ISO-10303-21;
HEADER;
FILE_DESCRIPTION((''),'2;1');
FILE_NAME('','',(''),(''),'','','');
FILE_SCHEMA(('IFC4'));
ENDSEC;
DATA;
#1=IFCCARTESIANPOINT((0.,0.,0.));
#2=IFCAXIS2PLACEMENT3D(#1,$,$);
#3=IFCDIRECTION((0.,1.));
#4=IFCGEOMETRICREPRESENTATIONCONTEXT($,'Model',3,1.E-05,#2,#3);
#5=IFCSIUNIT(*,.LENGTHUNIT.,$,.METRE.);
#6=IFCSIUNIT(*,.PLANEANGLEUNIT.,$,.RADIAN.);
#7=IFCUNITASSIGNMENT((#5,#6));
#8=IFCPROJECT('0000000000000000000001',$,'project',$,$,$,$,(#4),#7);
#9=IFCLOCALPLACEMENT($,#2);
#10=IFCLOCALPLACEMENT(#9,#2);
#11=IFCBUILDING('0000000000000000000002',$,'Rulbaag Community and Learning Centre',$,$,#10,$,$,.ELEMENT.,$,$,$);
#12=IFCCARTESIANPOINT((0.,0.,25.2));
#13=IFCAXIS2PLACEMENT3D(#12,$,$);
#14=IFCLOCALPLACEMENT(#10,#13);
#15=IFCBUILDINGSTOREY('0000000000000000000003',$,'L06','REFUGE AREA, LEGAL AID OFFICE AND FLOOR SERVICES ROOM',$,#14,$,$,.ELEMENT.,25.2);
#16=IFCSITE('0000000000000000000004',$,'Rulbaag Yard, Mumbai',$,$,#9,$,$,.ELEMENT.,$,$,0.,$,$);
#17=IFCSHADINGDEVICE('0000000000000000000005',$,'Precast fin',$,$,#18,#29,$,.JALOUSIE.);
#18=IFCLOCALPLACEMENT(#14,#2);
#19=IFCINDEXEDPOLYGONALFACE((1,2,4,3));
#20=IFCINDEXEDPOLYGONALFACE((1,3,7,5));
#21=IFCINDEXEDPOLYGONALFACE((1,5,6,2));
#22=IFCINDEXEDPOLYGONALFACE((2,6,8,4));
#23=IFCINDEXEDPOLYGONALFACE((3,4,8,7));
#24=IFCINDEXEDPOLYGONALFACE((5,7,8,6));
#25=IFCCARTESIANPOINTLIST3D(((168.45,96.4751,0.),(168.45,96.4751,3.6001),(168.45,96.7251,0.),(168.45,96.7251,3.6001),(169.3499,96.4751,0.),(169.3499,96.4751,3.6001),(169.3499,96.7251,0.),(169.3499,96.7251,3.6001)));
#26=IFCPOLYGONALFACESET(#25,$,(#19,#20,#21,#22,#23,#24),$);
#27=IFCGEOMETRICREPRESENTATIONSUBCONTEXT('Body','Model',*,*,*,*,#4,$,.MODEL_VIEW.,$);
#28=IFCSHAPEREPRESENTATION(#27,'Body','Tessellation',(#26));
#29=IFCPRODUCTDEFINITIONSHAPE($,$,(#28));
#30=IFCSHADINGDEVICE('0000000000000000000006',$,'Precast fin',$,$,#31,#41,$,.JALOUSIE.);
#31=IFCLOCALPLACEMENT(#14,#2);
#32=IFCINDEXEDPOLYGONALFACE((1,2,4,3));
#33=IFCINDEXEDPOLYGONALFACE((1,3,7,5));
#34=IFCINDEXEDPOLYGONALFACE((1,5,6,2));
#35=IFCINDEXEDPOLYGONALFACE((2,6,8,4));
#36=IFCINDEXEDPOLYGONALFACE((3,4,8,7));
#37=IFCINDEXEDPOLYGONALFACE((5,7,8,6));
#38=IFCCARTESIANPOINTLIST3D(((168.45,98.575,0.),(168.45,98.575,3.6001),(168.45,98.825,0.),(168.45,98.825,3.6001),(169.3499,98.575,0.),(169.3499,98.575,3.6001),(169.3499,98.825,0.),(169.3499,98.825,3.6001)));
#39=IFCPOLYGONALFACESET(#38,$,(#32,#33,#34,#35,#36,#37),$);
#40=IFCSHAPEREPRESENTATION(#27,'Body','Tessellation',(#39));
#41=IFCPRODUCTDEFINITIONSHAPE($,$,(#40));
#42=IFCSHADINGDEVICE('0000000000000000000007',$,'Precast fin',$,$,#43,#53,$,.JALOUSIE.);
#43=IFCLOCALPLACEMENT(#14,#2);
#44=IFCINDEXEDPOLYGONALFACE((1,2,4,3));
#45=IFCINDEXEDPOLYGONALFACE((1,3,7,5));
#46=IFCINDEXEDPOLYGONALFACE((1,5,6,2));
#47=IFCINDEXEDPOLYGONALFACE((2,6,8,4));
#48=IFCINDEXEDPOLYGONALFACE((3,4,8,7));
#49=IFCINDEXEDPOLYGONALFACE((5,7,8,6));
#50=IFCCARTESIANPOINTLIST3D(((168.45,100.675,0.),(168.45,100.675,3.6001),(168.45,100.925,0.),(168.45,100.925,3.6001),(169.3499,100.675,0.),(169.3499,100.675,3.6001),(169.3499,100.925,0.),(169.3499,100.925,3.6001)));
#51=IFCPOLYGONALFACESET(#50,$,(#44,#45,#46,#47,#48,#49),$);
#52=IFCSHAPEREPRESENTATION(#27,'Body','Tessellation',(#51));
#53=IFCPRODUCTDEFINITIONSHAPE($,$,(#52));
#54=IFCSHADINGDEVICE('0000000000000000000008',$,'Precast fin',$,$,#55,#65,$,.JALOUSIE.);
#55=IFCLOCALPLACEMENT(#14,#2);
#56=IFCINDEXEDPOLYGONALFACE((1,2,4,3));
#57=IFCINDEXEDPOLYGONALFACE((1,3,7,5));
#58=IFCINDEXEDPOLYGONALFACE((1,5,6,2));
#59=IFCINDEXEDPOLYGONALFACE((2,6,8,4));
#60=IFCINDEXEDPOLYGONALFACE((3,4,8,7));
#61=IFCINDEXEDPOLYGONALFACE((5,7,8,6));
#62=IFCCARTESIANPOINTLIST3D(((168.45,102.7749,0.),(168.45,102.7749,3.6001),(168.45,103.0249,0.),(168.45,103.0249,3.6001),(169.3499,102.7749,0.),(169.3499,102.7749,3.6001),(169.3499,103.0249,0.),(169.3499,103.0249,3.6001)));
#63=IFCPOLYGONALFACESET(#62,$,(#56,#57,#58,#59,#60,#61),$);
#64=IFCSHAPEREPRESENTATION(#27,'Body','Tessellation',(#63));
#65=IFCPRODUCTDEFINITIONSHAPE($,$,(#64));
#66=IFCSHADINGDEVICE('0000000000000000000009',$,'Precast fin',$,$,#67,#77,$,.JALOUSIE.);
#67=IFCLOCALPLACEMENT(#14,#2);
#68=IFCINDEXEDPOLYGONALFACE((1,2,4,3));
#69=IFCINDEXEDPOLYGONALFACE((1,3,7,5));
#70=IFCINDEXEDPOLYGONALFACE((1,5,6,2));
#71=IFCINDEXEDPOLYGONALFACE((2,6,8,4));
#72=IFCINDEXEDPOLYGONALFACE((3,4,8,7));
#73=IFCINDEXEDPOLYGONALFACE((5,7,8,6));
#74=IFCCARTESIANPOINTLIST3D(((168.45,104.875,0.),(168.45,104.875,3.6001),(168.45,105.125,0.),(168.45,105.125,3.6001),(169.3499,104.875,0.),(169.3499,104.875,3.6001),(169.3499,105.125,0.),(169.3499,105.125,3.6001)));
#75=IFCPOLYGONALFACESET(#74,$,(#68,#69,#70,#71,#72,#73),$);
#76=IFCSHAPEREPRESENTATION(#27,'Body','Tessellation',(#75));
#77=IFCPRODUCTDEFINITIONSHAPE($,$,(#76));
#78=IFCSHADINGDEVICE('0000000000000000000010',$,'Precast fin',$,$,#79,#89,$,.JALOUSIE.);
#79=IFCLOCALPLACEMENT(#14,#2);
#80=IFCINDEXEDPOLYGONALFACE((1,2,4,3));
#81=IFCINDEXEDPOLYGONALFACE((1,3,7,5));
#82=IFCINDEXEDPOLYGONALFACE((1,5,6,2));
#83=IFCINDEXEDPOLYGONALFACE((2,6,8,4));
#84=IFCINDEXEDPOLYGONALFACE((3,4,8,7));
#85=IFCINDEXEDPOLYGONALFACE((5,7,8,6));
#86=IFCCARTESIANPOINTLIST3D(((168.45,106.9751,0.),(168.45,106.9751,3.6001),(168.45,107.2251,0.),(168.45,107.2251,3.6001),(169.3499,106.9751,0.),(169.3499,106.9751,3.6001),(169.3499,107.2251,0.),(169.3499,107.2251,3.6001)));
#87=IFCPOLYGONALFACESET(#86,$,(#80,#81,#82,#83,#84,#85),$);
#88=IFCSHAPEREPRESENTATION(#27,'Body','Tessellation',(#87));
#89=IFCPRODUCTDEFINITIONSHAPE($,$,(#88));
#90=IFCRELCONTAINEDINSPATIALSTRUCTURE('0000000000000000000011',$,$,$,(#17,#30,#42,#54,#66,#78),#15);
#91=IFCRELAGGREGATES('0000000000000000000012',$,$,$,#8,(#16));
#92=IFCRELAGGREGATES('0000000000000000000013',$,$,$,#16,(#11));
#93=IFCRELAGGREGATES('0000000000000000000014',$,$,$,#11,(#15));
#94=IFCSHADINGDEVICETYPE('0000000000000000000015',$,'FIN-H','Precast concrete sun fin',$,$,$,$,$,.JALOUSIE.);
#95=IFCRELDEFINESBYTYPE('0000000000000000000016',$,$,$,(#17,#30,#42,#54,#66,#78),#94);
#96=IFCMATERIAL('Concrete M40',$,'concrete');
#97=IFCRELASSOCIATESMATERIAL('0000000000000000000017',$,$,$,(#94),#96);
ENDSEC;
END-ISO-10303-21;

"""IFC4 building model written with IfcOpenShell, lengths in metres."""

from ifc_helpers import new_model, si_unit, direction, frame, origin, origin_2d, place, context, subcontext, project, spatial, rectangle, extrude, material, material_profile, profile_set, type_object, element, save


model = new_model("IFC4")

# Units and contexts
model_context = context("Model", 3, precision=1e-05, world=origin(), true_north=direction((0.0, 1.0)))
body_context = subcontext(model_context, "Body", "Model", "MODEL_VIEW")
ifc_project = project(units=[si_unit("LENGTHUNIT", "METRE"), si_unit("PLANEANGLEUNIT", "RADIAN")], contexts=[model_context])

# Site, building, storey
site_placement = place(None, origin())
site = spatial("IfcSite", under=ifc_project, at=site_placement, Name="Rulbaag Yard, Mumbai", CompositionType="ELEMENT", RefElevation=0.0)
building_placement = place(site_placement, origin())
building = spatial("IfcBuilding", under=site, at=building_placement, Name="Rulbaag Community and Learning Centre", CompositionType="ELEMENT")
storey_placement = place(building_placement, frame((0.0, 0.0, 25.2)))
storey = spatial("IfcBuildingStorey", under=building, at=storey_placement, Name="L06", Description="REFUGE AREA, LEGAL AID OFFICE AND FLOOR SERVICES ROOM", CompositionType="ELEMENT", Elevation=25.2)

# Shared definitions
ifc_material_1 = material(Name="Concrete M40", Category="concrete")

# Shading devices
ifc_material_profile = material_profile(ifc_material_1, rectangle(XDim=0.25, YDim=0.8999, at=origin_2d()), Name="PC 250x900")
ifc_profile_set = profile_set([ifc_material_profile], Name="Concrete M40")
shading_device_type = type_object("IfcShadingDeviceType", Name="FIN-H", Description="Precast concrete sun fin", PredefinedType="JALOUSIE", material=ifc_profile_set)
for number, where, z_axis, x_axis, name in (
    (1, (168.8999, 96.6001, 0.0), (0.0, 0.0, 1.0), (0.0, 1.0, 0.0), "Precast fin"),
    (2, (168.8999, 98.7, 0.0), (0.0, 0.0, 1.0), (0.0, 1.0, 0.0), "Precast fin"),
    (3, (168.8999, 100.8, 0.0), (0.0, 0.0, 1.0), (0.0, 1.0, 0.0), "Precast fin"),
    (4, (168.8999, 102.8999, 0.0), (0.0, 0.0, 1.0), (0.0, 1.0, 0.0), "Precast fin"),
    (5, (168.8999, 105.0, 0.0), (0.0, 0.0, 1.0), (0.0, 1.0, 0.0), "Precast fin"),
    (6, (168.8999, 107.1001, 0.0), (0.0, 0.0, 1.0), (0.0, 1.0, 0.0), "Precast fin"),
):
    element("IfcShadingDevice", number, at=place(storey_placement, frame(where, z_axis=z_axis, x_axis=x_axis)), inside=storey, type_object=shading_device_type, Name=name, PredefinedType="JALOUSIE", context=body_context, shape_type="SweptSolid", body=[
        extrude(rectangle(XDim=0.25, YDim=0.8999, at=origin_2d()), origin(), (0.0, 0.0, 1.0), 3.6001),
    ])

save(model, "model.ifc")
